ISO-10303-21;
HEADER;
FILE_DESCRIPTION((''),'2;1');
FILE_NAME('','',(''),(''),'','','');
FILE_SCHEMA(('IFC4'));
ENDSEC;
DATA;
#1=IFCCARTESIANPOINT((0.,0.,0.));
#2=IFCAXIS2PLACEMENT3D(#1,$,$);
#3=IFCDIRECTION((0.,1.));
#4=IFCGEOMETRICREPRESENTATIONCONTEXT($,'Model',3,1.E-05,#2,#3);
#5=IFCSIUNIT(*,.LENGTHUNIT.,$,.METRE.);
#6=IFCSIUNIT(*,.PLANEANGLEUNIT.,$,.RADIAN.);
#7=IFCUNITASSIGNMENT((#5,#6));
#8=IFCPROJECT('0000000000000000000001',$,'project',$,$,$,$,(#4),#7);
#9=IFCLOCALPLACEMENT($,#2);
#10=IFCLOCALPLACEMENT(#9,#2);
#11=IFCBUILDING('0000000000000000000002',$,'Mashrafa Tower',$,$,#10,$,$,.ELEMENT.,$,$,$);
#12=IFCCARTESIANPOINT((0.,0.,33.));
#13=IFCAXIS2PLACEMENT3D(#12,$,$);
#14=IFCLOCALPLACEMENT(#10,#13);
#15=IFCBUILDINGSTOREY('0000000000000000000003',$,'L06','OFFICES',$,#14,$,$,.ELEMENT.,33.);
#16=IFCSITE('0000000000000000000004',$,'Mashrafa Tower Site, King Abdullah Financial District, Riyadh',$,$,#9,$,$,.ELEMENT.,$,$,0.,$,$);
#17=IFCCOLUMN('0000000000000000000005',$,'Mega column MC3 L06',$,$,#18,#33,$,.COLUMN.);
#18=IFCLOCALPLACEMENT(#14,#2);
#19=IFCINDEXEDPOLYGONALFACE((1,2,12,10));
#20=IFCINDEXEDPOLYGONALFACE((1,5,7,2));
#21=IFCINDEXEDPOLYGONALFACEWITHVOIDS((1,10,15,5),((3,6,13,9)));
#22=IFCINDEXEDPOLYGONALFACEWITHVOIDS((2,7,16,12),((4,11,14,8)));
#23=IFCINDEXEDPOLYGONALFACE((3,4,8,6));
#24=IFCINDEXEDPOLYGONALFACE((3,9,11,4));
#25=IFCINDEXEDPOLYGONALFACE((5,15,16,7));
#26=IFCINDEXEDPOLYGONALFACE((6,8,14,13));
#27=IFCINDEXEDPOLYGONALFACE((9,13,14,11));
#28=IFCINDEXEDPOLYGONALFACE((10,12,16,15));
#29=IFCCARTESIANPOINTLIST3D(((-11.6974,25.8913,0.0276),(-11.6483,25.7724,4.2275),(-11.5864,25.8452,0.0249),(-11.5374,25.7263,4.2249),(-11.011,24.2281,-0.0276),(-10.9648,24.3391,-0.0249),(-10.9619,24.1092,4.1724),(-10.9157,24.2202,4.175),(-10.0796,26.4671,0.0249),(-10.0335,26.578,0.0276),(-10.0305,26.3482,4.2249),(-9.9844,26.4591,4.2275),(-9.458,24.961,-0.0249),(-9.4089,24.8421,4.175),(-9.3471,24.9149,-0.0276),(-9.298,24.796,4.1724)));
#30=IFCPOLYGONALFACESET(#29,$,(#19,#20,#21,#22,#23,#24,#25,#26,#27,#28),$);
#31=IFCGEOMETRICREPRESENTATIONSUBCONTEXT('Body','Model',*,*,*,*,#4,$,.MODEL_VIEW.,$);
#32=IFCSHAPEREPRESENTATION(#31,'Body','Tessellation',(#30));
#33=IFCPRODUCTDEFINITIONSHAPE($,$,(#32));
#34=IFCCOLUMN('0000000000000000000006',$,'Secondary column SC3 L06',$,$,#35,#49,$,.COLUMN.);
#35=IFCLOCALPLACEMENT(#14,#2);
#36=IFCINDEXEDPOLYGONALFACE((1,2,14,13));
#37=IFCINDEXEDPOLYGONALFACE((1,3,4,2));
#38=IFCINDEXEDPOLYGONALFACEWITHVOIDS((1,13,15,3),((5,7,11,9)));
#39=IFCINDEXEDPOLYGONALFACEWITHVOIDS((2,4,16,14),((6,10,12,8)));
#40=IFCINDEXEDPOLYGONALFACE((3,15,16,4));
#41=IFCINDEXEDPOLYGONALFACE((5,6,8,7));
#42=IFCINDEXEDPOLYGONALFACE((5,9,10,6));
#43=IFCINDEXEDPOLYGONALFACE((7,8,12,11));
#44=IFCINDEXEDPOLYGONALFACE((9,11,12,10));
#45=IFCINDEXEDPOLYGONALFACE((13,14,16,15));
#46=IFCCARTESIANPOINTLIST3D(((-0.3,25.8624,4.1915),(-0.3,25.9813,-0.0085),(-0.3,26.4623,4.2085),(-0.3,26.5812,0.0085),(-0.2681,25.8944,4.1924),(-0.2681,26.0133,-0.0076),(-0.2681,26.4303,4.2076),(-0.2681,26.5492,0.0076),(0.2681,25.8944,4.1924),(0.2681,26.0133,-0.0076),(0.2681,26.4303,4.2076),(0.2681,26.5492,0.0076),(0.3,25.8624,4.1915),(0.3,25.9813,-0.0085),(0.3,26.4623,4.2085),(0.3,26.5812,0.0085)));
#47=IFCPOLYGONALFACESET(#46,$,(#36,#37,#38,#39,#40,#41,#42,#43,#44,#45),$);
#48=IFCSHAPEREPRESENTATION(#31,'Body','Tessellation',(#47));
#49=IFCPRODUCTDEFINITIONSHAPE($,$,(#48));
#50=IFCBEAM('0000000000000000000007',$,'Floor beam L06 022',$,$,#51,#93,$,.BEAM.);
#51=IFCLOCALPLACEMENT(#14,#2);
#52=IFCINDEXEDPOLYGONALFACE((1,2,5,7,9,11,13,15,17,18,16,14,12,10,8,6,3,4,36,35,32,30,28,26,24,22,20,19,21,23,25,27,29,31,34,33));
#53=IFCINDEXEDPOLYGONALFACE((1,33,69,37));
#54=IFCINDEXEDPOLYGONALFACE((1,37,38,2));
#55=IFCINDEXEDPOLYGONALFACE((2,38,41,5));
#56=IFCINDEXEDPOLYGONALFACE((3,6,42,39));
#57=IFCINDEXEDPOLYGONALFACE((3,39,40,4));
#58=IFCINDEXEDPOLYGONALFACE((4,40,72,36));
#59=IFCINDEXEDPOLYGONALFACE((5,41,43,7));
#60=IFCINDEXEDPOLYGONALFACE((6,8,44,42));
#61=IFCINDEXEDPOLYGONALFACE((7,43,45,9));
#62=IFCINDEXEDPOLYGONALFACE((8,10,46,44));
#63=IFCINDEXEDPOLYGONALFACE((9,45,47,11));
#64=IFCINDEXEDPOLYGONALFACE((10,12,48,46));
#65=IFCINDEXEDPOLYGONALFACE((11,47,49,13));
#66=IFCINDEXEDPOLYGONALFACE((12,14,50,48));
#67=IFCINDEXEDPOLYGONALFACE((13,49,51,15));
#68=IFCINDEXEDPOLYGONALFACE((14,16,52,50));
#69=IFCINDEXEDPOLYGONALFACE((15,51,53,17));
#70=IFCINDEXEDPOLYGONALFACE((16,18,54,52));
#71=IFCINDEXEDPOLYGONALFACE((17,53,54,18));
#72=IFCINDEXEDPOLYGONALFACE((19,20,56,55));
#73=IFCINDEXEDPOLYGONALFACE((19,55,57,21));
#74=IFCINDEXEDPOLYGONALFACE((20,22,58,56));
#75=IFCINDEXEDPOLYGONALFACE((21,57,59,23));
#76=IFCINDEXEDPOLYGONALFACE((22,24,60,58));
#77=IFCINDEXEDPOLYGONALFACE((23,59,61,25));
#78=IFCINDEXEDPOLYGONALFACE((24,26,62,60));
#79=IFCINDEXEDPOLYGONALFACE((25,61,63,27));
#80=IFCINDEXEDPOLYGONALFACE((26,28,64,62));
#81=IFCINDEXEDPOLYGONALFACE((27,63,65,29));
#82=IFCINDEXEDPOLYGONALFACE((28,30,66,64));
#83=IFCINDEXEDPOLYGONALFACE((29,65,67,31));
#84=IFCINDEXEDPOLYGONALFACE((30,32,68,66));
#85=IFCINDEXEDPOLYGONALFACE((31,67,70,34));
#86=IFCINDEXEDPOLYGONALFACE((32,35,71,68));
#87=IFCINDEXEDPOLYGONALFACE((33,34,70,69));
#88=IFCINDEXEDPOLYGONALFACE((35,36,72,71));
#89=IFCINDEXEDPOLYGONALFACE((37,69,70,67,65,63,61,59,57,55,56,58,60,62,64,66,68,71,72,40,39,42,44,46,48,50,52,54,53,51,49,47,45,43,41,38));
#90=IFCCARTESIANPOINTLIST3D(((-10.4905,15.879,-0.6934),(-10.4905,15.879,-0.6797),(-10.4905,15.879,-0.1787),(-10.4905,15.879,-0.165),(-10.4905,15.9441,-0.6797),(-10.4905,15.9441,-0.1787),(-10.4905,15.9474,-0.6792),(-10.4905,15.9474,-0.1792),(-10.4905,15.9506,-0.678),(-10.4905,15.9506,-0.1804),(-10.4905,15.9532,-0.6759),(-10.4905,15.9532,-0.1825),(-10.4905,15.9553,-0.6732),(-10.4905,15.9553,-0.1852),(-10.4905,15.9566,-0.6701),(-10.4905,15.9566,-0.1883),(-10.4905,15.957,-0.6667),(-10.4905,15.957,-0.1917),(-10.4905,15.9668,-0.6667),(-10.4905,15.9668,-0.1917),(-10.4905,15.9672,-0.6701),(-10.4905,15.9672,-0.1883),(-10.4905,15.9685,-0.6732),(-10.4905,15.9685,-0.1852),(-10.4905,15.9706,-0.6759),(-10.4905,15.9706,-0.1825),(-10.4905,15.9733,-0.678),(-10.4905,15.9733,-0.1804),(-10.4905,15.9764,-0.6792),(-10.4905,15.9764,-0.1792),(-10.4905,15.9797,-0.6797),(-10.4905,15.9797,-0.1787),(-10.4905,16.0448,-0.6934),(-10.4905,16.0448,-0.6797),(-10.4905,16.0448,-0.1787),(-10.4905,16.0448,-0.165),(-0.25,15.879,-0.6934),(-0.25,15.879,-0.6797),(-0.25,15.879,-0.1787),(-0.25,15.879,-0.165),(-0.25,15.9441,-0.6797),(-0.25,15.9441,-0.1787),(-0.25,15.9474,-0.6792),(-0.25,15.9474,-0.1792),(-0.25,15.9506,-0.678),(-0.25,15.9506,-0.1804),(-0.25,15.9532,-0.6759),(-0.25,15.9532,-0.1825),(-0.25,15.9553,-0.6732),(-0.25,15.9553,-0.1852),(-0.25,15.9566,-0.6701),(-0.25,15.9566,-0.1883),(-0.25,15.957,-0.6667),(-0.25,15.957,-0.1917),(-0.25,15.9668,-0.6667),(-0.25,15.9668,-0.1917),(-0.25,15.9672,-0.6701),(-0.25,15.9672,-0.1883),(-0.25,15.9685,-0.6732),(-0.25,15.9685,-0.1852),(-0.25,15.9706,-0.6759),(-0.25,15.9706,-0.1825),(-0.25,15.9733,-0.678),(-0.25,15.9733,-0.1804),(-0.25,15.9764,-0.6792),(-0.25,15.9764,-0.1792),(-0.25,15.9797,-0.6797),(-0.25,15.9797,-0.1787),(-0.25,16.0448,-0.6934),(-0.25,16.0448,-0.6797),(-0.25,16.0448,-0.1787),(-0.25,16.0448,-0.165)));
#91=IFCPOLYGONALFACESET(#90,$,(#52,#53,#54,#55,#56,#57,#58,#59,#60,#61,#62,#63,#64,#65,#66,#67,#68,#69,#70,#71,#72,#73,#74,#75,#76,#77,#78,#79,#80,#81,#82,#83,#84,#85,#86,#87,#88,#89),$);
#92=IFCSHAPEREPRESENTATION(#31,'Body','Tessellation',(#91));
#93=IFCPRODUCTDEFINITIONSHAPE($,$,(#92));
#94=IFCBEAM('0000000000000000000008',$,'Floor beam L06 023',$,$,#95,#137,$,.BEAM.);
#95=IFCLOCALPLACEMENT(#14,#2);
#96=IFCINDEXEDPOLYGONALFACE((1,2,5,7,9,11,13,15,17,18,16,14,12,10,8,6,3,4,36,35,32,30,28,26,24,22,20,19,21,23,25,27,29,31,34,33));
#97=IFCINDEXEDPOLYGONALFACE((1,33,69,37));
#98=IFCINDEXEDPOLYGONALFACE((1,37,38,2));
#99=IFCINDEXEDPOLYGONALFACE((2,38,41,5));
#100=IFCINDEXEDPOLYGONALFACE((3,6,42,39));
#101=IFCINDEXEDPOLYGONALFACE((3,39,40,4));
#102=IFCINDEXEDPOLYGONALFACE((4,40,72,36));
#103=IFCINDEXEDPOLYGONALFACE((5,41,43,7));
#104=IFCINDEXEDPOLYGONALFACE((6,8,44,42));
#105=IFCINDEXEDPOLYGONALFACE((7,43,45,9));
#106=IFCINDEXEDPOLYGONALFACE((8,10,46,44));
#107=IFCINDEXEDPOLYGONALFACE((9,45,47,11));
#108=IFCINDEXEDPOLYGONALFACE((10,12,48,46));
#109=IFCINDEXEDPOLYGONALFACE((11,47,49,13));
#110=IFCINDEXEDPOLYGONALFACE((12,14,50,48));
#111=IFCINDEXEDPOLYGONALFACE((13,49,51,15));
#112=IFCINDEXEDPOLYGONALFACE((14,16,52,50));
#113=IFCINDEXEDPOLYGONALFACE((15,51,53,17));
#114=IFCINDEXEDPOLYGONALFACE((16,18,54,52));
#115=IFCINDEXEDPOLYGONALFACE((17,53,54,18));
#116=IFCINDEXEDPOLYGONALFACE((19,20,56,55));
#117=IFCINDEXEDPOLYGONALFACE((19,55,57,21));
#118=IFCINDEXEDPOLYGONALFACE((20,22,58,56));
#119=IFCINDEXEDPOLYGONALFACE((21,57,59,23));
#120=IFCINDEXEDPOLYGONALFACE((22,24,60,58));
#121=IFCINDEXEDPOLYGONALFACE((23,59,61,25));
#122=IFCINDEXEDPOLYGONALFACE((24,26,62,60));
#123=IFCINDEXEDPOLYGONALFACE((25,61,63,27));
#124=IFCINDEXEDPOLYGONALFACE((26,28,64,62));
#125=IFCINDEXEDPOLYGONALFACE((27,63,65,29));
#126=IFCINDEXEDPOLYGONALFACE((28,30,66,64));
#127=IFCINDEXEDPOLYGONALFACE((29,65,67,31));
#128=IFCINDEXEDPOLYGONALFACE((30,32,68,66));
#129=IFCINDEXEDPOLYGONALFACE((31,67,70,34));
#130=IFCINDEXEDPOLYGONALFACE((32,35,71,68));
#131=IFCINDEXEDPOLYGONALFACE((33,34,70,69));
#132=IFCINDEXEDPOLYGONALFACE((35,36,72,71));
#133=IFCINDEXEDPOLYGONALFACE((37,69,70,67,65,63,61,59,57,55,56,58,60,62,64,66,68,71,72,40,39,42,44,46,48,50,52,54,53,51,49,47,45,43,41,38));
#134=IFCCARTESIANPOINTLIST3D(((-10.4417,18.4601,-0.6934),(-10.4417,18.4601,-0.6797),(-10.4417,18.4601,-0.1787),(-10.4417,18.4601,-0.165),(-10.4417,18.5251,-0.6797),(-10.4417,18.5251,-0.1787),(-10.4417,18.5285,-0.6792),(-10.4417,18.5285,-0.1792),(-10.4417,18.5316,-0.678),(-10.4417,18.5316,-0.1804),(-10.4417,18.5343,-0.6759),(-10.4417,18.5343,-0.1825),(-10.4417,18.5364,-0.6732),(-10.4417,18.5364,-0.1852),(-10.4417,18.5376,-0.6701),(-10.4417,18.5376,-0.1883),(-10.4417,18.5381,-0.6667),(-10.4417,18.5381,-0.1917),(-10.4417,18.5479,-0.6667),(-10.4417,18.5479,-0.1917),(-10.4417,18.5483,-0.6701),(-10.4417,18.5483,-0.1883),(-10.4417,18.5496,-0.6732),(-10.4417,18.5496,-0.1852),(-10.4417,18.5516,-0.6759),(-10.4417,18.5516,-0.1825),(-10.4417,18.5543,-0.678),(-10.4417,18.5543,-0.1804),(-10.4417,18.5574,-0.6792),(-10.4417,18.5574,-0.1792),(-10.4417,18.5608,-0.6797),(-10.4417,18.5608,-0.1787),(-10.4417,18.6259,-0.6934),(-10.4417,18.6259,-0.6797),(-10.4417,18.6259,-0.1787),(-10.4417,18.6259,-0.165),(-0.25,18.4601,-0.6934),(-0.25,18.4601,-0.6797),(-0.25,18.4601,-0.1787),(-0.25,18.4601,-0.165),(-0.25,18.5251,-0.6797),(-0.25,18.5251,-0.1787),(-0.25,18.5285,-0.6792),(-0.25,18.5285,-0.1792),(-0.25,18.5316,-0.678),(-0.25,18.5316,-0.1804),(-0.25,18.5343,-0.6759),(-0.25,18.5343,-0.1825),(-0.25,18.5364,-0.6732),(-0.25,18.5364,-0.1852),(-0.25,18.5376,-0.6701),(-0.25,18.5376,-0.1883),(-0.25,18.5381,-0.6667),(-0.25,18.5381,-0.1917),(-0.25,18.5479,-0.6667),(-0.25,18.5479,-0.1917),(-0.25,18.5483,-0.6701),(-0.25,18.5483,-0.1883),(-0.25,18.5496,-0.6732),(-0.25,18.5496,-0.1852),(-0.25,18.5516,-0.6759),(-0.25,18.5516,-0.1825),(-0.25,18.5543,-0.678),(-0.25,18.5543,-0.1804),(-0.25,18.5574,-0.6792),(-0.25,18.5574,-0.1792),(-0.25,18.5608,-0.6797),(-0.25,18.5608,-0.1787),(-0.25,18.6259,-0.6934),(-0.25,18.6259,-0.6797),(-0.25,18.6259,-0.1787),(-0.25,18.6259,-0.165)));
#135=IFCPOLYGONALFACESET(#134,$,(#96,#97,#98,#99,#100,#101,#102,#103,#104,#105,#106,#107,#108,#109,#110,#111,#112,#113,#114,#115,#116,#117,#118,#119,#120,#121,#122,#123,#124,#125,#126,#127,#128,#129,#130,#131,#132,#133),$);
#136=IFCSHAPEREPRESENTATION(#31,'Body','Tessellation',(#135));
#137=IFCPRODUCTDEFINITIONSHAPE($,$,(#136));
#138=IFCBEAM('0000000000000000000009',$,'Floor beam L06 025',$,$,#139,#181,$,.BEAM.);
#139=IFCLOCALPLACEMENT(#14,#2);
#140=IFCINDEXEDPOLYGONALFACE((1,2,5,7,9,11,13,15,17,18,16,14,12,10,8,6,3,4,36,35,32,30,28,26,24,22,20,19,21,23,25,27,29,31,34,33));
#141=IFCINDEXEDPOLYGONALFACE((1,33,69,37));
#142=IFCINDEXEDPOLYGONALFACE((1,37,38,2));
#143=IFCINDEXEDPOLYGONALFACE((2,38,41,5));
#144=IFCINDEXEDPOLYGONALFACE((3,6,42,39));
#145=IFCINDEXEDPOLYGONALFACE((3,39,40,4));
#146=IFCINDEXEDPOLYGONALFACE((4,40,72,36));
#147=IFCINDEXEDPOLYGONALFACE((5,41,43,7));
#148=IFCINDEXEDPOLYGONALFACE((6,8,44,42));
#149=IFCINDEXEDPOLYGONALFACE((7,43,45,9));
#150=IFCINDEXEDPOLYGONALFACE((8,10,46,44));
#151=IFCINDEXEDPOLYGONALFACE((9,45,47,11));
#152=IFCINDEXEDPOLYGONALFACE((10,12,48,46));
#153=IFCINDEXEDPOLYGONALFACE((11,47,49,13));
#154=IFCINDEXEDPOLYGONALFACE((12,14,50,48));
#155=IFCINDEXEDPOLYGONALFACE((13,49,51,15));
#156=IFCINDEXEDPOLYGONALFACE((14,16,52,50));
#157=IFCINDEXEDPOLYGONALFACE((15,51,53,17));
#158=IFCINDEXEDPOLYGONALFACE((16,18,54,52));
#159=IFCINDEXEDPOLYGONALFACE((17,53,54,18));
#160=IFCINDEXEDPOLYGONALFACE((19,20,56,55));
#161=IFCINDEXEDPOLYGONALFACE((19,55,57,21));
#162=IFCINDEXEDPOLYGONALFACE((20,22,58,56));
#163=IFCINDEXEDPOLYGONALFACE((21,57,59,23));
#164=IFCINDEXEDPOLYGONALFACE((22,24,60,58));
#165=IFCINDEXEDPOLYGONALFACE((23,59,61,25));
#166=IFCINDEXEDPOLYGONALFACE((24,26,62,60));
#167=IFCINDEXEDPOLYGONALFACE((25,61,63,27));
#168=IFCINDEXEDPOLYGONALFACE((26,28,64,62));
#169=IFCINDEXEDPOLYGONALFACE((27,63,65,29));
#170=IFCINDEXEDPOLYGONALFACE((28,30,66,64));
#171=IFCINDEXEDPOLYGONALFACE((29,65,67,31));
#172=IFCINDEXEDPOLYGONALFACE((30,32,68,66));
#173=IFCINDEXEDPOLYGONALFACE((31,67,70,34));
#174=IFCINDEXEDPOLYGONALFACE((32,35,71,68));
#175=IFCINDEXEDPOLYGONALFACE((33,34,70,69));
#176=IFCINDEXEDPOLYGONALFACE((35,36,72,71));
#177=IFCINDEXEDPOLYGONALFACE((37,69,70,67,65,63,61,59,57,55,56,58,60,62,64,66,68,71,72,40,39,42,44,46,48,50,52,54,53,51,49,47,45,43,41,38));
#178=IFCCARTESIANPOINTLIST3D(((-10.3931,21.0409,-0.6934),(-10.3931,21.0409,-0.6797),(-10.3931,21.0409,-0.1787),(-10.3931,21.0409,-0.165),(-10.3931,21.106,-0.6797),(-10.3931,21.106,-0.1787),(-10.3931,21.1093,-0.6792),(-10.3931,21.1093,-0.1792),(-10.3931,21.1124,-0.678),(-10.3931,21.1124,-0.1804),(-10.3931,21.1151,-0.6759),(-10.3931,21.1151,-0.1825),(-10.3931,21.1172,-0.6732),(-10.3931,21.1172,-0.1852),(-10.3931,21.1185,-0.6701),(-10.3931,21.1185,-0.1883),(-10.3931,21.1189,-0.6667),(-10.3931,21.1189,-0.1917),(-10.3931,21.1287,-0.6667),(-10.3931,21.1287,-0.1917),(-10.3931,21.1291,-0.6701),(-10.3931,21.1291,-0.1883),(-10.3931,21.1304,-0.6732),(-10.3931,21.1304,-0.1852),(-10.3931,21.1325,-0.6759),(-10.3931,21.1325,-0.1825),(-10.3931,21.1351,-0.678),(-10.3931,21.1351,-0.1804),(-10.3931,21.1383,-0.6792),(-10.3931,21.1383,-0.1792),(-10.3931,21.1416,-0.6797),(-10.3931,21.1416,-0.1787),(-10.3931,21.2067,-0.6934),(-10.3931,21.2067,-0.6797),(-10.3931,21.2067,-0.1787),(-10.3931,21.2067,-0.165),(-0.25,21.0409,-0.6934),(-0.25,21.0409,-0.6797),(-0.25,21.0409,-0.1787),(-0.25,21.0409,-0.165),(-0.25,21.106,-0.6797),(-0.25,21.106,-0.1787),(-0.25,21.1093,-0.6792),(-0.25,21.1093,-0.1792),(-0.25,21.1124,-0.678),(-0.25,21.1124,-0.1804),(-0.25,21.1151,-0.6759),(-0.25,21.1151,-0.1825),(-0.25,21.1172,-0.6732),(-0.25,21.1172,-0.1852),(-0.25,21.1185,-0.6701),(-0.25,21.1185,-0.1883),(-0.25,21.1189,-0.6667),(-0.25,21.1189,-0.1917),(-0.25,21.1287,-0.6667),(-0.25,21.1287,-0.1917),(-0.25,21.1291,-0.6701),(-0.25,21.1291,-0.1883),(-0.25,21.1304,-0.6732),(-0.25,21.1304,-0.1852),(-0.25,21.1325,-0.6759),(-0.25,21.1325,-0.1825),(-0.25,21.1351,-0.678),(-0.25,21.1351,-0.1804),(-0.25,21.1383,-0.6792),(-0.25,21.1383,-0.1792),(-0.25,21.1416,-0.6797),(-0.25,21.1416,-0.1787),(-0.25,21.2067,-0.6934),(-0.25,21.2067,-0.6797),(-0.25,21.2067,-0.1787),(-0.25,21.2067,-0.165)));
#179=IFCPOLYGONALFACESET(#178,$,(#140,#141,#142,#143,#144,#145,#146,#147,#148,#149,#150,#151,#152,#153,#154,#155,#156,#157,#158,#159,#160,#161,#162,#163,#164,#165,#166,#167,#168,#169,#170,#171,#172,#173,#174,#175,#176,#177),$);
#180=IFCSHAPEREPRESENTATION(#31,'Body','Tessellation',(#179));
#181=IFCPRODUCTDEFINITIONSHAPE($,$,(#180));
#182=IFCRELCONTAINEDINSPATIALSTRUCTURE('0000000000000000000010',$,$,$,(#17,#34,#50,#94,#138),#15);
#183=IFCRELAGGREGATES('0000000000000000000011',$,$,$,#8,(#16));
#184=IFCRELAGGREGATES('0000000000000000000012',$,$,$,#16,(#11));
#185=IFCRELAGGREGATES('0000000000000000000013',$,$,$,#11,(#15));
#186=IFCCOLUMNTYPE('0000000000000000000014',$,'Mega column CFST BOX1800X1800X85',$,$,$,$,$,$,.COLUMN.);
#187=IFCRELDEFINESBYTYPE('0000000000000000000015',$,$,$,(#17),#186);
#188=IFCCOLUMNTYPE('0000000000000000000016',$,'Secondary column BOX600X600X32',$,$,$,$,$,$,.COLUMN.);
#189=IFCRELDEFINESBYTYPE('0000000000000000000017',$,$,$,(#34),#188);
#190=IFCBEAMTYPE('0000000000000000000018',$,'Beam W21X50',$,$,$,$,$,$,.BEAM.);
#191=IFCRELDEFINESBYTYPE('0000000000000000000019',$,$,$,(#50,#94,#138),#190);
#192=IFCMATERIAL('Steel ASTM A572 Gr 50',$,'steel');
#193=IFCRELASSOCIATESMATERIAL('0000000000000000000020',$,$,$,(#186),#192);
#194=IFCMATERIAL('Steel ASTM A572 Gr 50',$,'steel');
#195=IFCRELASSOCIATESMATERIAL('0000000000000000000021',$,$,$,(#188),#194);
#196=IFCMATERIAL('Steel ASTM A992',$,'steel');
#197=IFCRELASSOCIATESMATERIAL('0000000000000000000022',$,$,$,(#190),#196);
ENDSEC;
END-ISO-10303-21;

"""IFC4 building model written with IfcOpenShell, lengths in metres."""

from ifc_helpers import new_model, si_unit, direction, frame, origin, origin_2d, place, context, subcontext, project, spatial, hollow_rectangle, i_section, extrude, material, material_profile, profile_set, type_object, element, save


model = new_model("IFC4")

# Units and contexts
model_context = context("Model", 3, precision=1e-05, world=origin(), true_north=direction((0.0, 1.0)))
body_context = subcontext(model_context, "Body", "Model", "MODEL_VIEW")
ifc_project = project(units=[si_unit("LENGTHUNIT", "METRE"), si_unit("PLANEANGLEUNIT", "RADIAN")], contexts=[model_context])

# Site, building, storey
site_placement = place(None, origin())
site = spatial("IfcSite", under=ifc_project, at=site_placement, Name="Mashrafa Tower Site, King Abdullah Financial District, Riyadh", CompositionType="ELEMENT", RefElevation=0.0)
building_placement = place(site_placement, origin())
building = spatial("IfcBuilding", under=site, at=building_placement, Name="Mashrafa Tower", CompositionType="ELEMENT")
storey_placement = place(building_placement, frame((0.0, 0.0, 33.0)))
storey = spatial("IfcBuildingStorey", under=building, at=storey_placement, Name="L06", Description="OFFICES", CompositionType="ELEMENT", Elevation=33.0)

# Columns
ifc_material_1 = material(Name="Steel ASTM A572 Gr 50", Category="steel")
ifc_material_profile_1 = material_profile(ifc_material_1, hollow_rectangle(XDim=1.8, YDim=1.8, WallThickness=0.085, at=origin_2d()), Name="BOX1800X1800X85")
ifc_profile_set_1 = profile_set([ifc_material_profile_1], Name="Steel ASTM A572 Gr 50")
column_type_1 = type_object("IfcColumnType", Name="Mega column CFST BOX1800X1800X85", PredefinedType="COLUMN", material=ifc_profile_set_1)
column_1_placement = place(storey_placement, frame((-10.5222, 25.4031, 0.0), z_axis=(0.011679, -0.028296, 0.999531), x_axis=(0.924363, 0.381513, 0.0)))
element("IfcColumn", 1, at=column_1_placement, inside=storey, type_object=column_type_1, Name="Mega column MC3 L06", PredefinedType="COLUMN", context=body_context, shape_type="SweptSolid", body=[
    extrude(hollow_rectangle(XDim=1.8, YDim=1.8, WallThickness=0.085, at=origin_2d()), origin(), (0.0, 0.0, 1.0), 4.2019),
])
ifc_material_2 = material(Name="Steel ASTM A572 Gr 50", Category="steel")
ifc_material_profile_2 = material_profile(ifc_material_2, hollow_rectangle(XDim=0.6001, YDim=0.6001, WallThickness=0.032, at=origin_2d()), Name="BOX600X600X32")
ifc_profile_set_2 = profile_set([ifc_material_profile_2], Name="Steel ASTM A572 Gr 50")
column_type_2 = type_object("IfcColumnType", Name="Secondary column BOX600X600X32", PredefinedType="COLUMN", material=ifc_profile_set_2)
column_2_placement = place(storey_placement, frame((0.0, 26.2812, 0.0), z_axis=(0.0, -0.028298, 0.9996), x_axis=(1.0, 0.0, 0.0)))
element("IfcColumn", 2, at=column_2_placement, inside=storey, type_object=column_type_2, Name="Secondary column SC3 L06", PredefinedType="COLUMN", context=body_context, shape_type="SweptSolid", body=[
    extrude(hollow_rectangle(XDim=0.6001, YDim=0.6001, WallThickness=0.032, at=origin_2d()), origin(), (0.0, 0.0, 1.0), 4.2017),
])

# Beams
ifc_material_3 = material(Name="Steel ASTM A992", Category="steel")
ifc_material_profile_3 = material_profile(ifc_material_3, i_section(OverallWidth=0.1658, OverallDepth=0.5283, WebThickness=0.0098, FlangeThickness=0.0137, FilletRadius=0.0129, at=origin_2d()), Name="W21X50")
ifc_profile_set_3 = profile_set([ifc_material_profile_3], Name="Steel ASTM A992")
beam_type_1 = type_object("IfcBeamType", Name="Beam W21X50", PredefinedType="BEAM", material=ifc_profile_set_3)
beam_1_placement = place(storey_placement, frame((-10.4905, 15.9619, -0.4292), z_axis=(1.0, 0.0, 0.0), x_axis=(0.0, 1.0, 0.0)))
element("IfcBeam", 3, at=beam_1_placement, inside=storey, type_object=beam_type_1, Name="Floor beam L06 022", PredefinedType="BEAM", context=body_context, shape_type="SweptSolid", body=[
    extrude(i_section(OverallWidth=0.1658, OverallDepth=0.5283, WebThickness=0.0098, FlangeThickness=0.0137, FilletRadius=0.0129, at=origin_2d()), origin(), (0.0, 0.0, 1.0), 10.2405),
])
beam_2_placement = place(storey_placement, frame((-10.4417, 18.543, -0.4292), z_axis=(1.0, 0.0, 0.0), x_axis=(0.0, 1.0, 0.0)))
element("IfcBeam", 4, at=beam_2_placement, inside=storey, type_object=beam_type_1, Name="Floor beam L06 023", PredefinedType="BEAM", context=body_context, shape_type="SweptSolid", body=[
    extrude(i_section(OverallWidth=0.1658, OverallDepth=0.5283, WebThickness=0.0098, FlangeThickness=0.0137, FilletRadius=0.0129, at=origin_2d()), origin(), (0.0, 0.0, 1.0), 10.1917),
])
beam_3_placement = place(storey_placement, frame((-10.3931, 21.1238, -0.4292), z_axis=(1.0, 0.0, 0.0), x_axis=(0.0, 1.0, 0.0)))
element("IfcBeam", 5, at=beam_3_placement, inside=storey, type_object=beam_type_1, Name="Floor beam L06 025", PredefinedType="BEAM", context=body_context, shape_type="SweptSolid", body=[
    extrude(i_section(OverallWidth=0.1658, OverallDepth=0.5283, WebThickness=0.0098, FlangeThickness=0.0137, FilletRadius=0.0129, at=origin_2d()), origin(), (0.0, 0.0, 1.0), 10.1431),
])

save(model, "model.ifc")
